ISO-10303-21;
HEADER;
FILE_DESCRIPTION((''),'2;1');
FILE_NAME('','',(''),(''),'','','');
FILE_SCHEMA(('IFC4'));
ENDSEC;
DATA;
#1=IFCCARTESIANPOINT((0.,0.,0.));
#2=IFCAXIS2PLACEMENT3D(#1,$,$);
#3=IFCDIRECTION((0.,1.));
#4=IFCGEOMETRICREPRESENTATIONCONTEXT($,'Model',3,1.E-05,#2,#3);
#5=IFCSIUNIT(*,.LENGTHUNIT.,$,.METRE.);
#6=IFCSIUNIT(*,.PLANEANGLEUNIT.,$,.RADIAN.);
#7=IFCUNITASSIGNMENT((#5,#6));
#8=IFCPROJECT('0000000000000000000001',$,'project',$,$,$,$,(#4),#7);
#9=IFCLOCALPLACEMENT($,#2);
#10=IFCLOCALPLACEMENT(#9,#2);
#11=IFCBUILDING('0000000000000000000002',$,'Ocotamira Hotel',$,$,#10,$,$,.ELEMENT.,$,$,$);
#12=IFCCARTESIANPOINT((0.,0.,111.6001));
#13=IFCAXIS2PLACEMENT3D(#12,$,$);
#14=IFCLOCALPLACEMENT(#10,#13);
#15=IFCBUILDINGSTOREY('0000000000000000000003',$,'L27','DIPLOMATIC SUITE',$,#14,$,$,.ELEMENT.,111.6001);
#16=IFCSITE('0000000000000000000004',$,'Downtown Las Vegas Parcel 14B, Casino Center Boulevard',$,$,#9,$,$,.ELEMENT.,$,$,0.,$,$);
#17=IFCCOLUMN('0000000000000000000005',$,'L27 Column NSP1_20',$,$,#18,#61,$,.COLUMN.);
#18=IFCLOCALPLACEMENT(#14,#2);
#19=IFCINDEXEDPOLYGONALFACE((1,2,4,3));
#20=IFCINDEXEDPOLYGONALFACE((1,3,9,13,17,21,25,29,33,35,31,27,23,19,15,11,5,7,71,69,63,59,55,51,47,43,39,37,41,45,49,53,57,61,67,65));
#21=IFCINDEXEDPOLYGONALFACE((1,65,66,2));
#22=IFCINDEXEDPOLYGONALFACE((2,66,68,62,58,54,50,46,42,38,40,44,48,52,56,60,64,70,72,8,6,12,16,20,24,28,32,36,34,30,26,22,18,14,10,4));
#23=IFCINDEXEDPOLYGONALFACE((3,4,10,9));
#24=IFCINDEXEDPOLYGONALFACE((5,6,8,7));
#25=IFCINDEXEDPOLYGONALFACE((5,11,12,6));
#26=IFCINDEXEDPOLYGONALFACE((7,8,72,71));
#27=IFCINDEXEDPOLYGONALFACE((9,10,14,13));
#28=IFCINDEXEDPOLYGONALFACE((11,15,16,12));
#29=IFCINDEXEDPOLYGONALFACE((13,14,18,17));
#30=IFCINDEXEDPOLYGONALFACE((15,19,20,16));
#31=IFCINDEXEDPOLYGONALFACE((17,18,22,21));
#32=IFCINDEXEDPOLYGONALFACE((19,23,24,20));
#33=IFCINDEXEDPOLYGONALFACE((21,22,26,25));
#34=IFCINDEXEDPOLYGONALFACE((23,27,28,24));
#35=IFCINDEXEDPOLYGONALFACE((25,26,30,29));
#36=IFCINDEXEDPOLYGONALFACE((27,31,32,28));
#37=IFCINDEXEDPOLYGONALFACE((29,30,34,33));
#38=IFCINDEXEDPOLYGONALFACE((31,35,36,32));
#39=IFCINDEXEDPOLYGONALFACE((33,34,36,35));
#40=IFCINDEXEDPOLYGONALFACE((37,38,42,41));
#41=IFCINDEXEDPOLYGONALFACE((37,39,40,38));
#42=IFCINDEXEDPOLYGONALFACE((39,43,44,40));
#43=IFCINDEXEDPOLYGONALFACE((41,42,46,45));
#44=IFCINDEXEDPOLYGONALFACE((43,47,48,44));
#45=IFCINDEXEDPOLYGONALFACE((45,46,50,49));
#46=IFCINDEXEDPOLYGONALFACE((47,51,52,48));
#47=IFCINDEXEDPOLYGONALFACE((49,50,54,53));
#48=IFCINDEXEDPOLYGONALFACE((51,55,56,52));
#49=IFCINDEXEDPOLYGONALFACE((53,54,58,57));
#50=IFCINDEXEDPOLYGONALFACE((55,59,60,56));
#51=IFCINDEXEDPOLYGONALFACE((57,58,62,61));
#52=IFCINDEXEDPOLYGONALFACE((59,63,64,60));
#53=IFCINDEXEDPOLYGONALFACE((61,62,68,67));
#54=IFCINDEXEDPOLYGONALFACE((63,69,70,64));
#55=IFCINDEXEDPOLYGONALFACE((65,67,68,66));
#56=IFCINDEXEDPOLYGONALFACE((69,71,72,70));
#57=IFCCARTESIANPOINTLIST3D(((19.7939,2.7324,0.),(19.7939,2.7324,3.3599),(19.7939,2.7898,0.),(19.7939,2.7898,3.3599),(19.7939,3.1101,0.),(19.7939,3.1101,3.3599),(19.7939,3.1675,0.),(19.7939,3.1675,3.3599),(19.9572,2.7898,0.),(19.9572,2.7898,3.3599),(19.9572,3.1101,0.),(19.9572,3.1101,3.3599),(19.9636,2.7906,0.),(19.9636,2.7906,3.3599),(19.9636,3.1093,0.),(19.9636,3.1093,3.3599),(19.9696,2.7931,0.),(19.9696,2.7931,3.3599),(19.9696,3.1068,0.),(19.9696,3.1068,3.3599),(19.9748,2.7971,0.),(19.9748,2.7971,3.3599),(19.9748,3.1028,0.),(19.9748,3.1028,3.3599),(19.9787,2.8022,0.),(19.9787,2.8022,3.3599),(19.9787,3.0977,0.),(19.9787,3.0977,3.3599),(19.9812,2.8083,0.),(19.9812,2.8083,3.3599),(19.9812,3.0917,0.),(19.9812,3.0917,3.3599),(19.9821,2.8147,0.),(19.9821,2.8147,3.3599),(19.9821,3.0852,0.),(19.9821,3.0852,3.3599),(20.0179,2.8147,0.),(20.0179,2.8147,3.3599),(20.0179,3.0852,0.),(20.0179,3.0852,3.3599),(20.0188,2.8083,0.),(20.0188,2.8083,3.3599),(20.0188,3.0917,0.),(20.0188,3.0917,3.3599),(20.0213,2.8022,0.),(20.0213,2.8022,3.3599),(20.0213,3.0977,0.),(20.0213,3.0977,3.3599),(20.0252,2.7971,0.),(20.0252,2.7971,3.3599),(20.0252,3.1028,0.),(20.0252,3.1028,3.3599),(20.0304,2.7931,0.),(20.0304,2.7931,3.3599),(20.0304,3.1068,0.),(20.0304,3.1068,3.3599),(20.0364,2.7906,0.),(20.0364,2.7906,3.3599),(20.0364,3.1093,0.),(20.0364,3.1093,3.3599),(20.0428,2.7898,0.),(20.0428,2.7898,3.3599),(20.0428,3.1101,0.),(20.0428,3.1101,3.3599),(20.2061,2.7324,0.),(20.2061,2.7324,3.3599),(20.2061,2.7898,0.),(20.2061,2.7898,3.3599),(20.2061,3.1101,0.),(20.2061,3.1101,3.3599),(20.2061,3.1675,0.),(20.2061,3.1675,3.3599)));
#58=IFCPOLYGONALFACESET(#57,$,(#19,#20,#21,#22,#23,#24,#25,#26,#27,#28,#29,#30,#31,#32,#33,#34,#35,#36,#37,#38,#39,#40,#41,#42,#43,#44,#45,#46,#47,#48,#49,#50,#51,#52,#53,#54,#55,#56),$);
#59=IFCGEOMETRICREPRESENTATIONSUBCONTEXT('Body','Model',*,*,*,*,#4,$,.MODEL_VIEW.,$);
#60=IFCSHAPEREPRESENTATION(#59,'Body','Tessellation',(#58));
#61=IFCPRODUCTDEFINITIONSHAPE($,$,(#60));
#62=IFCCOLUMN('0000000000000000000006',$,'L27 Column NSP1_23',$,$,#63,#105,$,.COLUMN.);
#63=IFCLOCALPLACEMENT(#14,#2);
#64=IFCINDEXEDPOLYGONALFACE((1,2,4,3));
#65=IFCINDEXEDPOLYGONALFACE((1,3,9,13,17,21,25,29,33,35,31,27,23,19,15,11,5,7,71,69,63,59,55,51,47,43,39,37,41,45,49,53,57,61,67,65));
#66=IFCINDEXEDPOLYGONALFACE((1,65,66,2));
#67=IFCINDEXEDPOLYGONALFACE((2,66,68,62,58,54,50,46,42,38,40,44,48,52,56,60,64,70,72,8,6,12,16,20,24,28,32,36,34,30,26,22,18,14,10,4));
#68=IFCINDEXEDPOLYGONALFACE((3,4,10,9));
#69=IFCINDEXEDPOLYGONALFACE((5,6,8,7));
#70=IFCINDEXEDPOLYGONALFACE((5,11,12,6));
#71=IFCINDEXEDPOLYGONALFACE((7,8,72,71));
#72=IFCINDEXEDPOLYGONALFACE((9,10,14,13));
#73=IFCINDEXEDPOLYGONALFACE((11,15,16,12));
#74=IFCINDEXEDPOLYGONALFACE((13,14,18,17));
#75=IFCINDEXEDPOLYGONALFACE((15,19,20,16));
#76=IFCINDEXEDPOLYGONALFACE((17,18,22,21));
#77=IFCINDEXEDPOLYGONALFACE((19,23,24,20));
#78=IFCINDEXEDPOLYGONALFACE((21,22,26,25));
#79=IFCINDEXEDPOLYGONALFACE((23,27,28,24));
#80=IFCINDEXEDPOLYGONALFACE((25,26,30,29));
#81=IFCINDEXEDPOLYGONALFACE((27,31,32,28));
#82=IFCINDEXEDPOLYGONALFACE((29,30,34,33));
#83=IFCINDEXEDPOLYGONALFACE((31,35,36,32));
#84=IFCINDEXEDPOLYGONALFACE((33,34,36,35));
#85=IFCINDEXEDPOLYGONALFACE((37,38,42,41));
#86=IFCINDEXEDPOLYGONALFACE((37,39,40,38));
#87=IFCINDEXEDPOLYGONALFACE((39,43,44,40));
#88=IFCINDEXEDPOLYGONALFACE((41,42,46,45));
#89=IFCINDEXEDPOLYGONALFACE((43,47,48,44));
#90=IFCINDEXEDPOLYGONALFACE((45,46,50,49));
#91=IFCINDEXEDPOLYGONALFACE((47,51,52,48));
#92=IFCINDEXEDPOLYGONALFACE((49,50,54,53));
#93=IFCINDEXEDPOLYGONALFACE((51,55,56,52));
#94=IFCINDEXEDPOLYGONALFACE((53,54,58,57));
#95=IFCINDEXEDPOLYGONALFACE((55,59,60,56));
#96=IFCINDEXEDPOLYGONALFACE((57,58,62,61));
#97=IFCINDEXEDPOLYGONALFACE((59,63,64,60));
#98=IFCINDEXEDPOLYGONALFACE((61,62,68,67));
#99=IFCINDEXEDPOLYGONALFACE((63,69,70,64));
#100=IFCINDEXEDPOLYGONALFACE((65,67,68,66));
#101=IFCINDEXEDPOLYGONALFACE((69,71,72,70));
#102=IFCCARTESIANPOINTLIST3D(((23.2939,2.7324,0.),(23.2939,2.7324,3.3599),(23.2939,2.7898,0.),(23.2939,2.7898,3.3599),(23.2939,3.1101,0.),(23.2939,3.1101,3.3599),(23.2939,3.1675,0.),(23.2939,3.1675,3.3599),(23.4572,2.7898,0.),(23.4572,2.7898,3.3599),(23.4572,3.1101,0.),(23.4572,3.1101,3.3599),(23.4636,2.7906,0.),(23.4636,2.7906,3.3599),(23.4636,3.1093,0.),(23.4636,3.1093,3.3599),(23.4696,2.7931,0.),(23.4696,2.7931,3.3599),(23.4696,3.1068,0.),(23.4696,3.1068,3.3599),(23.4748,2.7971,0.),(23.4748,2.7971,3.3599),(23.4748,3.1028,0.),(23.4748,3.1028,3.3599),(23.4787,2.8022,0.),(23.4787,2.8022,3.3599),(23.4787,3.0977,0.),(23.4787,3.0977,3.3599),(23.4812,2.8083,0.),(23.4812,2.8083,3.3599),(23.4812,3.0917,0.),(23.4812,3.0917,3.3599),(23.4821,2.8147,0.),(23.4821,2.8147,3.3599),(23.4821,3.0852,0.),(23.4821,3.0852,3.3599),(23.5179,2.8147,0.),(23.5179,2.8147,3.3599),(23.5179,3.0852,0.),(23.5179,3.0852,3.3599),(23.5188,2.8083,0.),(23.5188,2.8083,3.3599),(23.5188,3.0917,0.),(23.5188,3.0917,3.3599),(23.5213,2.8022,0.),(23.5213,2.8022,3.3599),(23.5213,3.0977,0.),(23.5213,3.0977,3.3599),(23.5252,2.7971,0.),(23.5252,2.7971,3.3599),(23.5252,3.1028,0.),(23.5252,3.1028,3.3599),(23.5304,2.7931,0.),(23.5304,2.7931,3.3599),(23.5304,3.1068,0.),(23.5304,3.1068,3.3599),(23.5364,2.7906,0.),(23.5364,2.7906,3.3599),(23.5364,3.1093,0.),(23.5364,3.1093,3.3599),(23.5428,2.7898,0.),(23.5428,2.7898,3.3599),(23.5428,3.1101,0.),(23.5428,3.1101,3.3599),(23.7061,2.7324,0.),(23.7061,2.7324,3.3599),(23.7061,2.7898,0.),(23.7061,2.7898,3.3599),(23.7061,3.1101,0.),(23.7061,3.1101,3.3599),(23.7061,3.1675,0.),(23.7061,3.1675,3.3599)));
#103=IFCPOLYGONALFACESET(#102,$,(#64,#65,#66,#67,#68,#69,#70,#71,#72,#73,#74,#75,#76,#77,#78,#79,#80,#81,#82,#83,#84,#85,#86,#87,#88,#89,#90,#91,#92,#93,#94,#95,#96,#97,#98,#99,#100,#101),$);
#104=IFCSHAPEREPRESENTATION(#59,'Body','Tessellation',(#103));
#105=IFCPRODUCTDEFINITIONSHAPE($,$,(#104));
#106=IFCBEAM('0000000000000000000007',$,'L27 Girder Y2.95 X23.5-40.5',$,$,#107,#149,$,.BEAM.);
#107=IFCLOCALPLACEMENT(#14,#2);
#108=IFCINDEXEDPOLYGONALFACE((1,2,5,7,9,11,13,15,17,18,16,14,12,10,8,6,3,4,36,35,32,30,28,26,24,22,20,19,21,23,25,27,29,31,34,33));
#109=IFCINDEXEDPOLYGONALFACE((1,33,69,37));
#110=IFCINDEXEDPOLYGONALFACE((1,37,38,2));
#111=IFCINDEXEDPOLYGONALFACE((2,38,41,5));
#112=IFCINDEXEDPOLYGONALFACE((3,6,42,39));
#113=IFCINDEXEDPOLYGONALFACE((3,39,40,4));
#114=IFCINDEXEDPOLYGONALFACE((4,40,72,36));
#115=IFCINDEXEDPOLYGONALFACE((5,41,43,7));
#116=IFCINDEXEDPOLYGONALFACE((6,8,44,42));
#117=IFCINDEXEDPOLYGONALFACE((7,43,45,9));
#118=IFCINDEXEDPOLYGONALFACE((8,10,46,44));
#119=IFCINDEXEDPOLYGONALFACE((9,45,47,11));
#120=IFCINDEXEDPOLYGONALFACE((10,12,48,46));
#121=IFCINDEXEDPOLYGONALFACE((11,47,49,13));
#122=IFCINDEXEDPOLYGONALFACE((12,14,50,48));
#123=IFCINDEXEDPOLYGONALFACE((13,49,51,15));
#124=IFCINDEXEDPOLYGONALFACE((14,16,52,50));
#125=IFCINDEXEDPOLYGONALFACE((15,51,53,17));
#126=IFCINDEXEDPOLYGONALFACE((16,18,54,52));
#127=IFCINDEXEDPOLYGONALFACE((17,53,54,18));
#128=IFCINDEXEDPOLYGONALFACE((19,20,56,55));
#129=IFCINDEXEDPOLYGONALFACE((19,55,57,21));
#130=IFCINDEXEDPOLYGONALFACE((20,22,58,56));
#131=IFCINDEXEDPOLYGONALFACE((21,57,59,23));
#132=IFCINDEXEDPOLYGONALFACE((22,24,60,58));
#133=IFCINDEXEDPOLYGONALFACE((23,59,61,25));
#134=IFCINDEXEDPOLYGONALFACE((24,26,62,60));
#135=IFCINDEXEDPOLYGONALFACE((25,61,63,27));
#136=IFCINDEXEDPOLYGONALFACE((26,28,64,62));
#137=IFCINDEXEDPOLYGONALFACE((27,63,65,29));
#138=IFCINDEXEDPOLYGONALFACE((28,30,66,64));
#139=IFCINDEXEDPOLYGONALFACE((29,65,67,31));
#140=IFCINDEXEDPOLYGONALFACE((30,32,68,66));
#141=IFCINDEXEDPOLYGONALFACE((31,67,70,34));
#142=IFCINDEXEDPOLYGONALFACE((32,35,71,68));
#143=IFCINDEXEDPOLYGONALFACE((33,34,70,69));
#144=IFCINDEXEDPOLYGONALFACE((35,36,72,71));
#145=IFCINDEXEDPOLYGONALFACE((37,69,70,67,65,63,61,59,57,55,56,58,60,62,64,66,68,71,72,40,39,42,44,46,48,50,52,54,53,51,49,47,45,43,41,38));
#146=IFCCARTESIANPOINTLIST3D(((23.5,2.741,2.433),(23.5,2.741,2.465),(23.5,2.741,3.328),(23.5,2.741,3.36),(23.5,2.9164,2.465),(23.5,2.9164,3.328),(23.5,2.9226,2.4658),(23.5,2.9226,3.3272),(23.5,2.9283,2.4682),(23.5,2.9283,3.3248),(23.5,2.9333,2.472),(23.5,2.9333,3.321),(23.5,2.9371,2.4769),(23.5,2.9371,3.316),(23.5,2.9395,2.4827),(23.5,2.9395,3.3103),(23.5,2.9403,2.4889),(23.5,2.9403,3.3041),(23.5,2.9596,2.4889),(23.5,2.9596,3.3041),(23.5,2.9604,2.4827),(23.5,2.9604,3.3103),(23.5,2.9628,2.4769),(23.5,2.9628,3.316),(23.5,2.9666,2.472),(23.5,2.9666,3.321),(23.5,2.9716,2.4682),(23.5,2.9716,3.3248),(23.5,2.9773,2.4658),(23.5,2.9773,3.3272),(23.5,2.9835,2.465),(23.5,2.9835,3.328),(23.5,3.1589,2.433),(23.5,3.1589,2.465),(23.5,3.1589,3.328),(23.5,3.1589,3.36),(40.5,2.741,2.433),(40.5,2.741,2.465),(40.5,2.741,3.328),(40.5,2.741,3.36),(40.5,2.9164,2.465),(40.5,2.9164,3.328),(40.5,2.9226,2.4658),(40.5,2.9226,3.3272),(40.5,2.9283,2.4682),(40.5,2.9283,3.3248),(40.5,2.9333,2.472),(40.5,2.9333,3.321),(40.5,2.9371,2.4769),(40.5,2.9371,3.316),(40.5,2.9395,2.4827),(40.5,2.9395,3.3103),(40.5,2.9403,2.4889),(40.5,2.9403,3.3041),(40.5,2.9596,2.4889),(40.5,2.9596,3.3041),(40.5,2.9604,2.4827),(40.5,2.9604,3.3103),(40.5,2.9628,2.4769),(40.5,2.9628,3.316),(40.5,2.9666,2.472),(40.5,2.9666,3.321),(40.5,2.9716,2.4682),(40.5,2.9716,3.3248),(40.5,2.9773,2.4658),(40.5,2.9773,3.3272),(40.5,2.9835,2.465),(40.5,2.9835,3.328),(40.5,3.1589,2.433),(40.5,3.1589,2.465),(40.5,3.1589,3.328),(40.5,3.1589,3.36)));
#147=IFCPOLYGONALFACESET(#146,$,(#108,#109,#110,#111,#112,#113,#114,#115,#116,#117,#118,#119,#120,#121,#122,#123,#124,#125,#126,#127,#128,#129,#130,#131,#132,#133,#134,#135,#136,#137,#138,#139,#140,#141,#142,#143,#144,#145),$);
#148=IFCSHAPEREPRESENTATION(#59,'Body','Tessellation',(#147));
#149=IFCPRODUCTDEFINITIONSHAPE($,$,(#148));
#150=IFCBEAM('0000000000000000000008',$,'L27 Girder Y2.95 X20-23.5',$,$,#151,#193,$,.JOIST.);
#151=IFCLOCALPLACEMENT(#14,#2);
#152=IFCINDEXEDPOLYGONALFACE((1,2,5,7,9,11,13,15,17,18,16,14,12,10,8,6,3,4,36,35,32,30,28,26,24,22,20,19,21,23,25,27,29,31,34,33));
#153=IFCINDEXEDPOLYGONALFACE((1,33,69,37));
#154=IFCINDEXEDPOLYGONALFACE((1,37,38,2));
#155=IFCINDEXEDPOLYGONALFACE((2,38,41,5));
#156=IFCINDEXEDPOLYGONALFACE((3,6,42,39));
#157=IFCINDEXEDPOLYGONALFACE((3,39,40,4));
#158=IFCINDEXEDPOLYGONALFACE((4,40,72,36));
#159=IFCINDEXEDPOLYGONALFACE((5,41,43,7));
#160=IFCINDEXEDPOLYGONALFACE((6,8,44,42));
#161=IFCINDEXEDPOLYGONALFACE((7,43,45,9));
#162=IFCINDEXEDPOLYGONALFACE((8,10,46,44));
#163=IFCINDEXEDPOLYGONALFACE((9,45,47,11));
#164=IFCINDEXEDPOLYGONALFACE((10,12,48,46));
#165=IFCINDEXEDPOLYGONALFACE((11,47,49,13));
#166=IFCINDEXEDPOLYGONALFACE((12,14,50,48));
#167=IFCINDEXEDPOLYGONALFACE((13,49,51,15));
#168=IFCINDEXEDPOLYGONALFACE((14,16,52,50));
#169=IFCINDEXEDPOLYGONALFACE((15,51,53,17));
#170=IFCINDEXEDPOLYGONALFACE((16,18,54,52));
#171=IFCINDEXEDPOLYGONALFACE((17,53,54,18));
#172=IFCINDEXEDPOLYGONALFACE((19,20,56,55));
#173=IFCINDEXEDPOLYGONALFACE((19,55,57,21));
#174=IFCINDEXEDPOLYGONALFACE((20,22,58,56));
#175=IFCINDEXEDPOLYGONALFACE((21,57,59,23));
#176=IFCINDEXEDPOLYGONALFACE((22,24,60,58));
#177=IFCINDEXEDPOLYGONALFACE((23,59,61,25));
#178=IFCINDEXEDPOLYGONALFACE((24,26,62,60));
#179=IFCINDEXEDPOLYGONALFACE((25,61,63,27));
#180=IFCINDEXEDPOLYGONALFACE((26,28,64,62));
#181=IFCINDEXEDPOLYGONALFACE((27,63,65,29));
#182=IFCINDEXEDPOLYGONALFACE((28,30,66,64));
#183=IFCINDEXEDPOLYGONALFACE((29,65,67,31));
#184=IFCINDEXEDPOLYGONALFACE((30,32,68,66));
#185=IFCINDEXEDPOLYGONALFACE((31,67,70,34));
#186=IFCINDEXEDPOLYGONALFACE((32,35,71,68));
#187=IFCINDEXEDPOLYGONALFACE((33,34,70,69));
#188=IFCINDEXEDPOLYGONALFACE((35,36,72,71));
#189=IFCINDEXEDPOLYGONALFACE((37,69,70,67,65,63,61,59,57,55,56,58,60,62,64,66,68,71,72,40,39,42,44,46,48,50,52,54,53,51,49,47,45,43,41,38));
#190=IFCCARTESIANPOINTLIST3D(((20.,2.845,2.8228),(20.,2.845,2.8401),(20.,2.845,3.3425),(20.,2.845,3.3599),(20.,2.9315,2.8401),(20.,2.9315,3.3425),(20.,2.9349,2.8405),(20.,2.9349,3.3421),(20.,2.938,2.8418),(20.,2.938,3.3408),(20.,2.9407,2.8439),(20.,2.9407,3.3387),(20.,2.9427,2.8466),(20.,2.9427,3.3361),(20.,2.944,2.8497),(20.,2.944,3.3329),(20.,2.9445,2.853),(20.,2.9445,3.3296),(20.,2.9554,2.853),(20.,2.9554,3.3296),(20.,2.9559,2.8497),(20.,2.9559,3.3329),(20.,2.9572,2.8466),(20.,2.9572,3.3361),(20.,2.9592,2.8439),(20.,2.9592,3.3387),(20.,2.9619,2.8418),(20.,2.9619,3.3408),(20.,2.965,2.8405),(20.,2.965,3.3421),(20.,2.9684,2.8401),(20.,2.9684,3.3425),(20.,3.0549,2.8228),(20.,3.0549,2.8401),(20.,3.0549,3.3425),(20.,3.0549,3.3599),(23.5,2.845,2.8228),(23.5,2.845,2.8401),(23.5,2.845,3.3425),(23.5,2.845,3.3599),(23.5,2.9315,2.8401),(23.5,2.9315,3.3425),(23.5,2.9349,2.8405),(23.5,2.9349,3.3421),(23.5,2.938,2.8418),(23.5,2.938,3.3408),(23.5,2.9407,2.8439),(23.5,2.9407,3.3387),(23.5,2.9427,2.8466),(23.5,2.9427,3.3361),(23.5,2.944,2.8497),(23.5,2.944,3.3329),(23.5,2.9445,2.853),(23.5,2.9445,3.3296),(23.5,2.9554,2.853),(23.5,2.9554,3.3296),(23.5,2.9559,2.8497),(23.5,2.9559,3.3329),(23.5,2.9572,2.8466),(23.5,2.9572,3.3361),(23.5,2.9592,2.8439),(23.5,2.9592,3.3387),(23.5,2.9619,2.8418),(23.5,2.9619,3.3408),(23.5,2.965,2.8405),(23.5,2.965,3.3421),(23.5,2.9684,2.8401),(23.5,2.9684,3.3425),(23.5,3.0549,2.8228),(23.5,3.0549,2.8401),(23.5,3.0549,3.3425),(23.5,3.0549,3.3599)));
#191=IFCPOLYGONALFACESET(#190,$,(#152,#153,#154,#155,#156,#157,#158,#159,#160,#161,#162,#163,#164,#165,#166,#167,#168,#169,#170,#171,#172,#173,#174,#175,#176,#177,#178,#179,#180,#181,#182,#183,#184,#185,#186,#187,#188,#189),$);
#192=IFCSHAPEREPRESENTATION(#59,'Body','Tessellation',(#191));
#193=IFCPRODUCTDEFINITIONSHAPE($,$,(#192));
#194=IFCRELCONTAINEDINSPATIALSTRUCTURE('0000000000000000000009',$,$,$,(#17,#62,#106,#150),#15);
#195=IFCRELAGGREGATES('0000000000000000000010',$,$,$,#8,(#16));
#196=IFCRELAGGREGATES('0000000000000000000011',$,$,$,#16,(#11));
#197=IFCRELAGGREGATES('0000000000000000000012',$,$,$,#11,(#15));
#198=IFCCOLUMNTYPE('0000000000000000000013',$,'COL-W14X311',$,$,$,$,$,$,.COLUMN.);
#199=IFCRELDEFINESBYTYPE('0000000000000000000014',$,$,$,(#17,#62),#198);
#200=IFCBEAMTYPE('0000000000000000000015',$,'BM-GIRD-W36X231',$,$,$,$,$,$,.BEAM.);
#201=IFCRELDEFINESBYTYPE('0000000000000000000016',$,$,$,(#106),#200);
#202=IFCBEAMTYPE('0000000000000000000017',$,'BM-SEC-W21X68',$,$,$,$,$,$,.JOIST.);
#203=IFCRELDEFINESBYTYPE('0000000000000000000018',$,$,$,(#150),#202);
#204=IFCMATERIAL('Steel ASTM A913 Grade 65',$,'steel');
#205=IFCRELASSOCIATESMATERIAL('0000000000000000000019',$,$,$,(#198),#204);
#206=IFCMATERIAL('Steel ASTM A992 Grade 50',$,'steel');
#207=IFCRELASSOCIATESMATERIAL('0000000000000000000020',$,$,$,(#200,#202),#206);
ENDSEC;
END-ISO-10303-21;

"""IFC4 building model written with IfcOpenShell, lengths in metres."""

from ifc_helpers import new_model, si_unit, direction, frame, origin, origin_2d, place, context, subcontext, project, spatial, i_section, extrude, source, transform, mapped, material, material_profile, profile_set, type_object, element, save


model = new_model("IFC4")

# Units and contexts
model_context = context("Model", 3, precision=1e-05, world=origin(), true_north=direction((0.0, 1.0)))
body_context = subcontext(model_context, "Body", "Model", "MODEL_VIEW")
ifc_project = project(units=[si_unit("LENGTHUNIT", "METRE"), si_unit("PLANEANGLEUNIT", "RADIAN")], contexts=[model_context])

# Site, building, storey
site_placement = place(None, origin())
site = spatial("IfcSite", under=ifc_project, at=site_placement, Name="Downtown Las Vegas Parcel 14B, Casino Center Boulevard", CompositionType="ELEMENT", RefElevation=0.0)
building_placement = place(site_placement, origin())
building = spatial("IfcBuilding", under=site, at=building_placement, Name="Ocotamira Hotel", CompositionType="ELEMENT")
storey_placement = place(building_placement, frame((0.0, 0.0, 111.6001)))
storey = spatial("IfcBuildingStorey", under=building, at=storey_placement, Name="L27", Description="DIPLOMATIC SUITE", CompositionType="ELEMENT", Elevation=111.6001)

# Columns
ifc_material_1 = material(Name="Steel ASTM A913 Grade 65", Category="steel")
ifc_material_profile_1 = material_profile(ifc_material_1, i_section(OverallWidth=0.4121, OverallDepth=0.4351, WebThickness=0.0359, FlangeThickness=0.0574, FilletRadius=0.0249, at=origin_2d()), Name="W14X311")
ifc_profile_set_1 = profile_set([ifc_material_profile_1], Name="Steel ASTM A913 Grade 65")
column_type = type_object("IfcColumnType", Name="COL-W14X311", PredefinedType="COLUMN", material=ifc_profile_set_1)
shared_shape_1 = source(origin(), body_context, "Body", "SweptSolid", [
    extrude(i_section(OverallWidth=0.4121, OverallDepth=0.4351, WebThickness=0.0359, FlangeThickness=0.0574, FilletRadius=0.0249, at=origin_2d()), origin(), (0.0, 0.0, 1.0), 3.3599),
])
for number, where, z_axis, x_axis, name in (
    (1, (20.0, 2.95, 0.0), (0.0, 0.0, 1.0), (1.0, 0.0, 0.0), "L27 Column NSP1_20"),
    (2, (23.5, 2.95, 0.0), (0.0, 0.0, 1.0), (1.0, 0.0, 0.0), "L27 Column NSP1_23"),
):
    element("IfcColumn", number, at=place(storey_placement, frame(where, z_axis=z_axis, x_axis=x_axis)), inside=storey, type_object=column_type, Name=name, PredefinedType="COLUMN", context=body_context, shape_type="MappedRepresentation", body=[
        mapped(shared_shape_1, transform((0.0, 0.0, 0.0), scale=1.0)),
    ])

# Beams
ifc_material_2 = material(Name="Steel ASTM A992 Grade 50", Category="steel")
ifc_material_profile_2 = material_profile(ifc_material_2, i_section(OverallWidth=0.418, OverallDepth=0.927, WebThickness=0.0193, FlangeThickness=0.032, FilletRadius=0.0239, at=origin_2d()), Name="W36X231")
ifc_profile_set_2 = profile_set([ifc_material_profile_2], Name="Steel ASTM A992 Grade 50")
beam_type_1 = type_object("IfcBeamType", Name="BM-GIRD-W36X231", PredefinedType="BEAM", material=ifc_profile_set_2)
shared_shape_2 = source(origin(), body_context, "Body", "SweptSolid", [
    extrude(i_section(OverallWidth=0.418, OverallDepth=0.927, WebThickness=0.0193, FlangeThickness=0.032, FilletRadius=0.0239, at=origin_2d()), origin(), (0.0, 0.0, 1.0), 17.0),
])
beam_1_placement = place(storey_placement, frame((23.5, 2.95, 2.8965), z_axis=(1.0, 0.0, 0.0), x_axis=(0.0, 1.0, 0.0)))
element("IfcBeam", 3, at=beam_1_placement, inside=storey, type_object=beam_type_1, Name="L27 Girder Y2.95 X23.5-40.5", PredefinedType="BEAM", context=body_context, shape_type="MappedRepresentation", body=[
    mapped(shared_shape_2, transform((0.0, 0.0, 0.0), scale=1.0)),
])
ifc_material_profile_3 = material_profile(ifc_material_2, i_section(OverallWidth=0.21, OverallDepth=0.5371, WebThickness=0.011, FlangeThickness=0.0173, FilletRadius=0.0129, at=origin_2d()), Name="W21X68")
ifc_profile_set_3 = profile_set([ifc_material_profile_3], Name="Steel ASTM A992 Grade 50")
beam_type_2 = type_object("IfcBeamType", Name="BM-SEC-W21X68", PredefinedType="JOIST", material=ifc_profile_set_3)
shared_shape_3 = source(origin(), body_context, "Body", "SweptSolid", [
    extrude(i_section(OverallWidth=0.21, OverallDepth=0.5371, WebThickness=0.011, FlangeThickness=0.0173, FilletRadius=0.0129, at=origin_2d()), origin(), (0.0, 0.0, 1.0), 3.5),
])
beam_2_placement = place(storey_placement, frame((20.0, 2.95, 3.0913), z_axis=(1.0, 0.0, 0.0), x_axis=(0.0, 1.0, 0.0)))
element("IfcBeam", 4, at=beam_2_placement, inside=storey, type_object=beam_type_2, Name="L27 Girder Y2.95 X20-23.5", PredefinedType="JOIST", context=body_context, shape_type="MappedRepresentation", body=[
    mapped(shared_shape_3, transform((0.0, 0.0, 0.0), scale=1.0)),
])

save(model, "model.ifc")
